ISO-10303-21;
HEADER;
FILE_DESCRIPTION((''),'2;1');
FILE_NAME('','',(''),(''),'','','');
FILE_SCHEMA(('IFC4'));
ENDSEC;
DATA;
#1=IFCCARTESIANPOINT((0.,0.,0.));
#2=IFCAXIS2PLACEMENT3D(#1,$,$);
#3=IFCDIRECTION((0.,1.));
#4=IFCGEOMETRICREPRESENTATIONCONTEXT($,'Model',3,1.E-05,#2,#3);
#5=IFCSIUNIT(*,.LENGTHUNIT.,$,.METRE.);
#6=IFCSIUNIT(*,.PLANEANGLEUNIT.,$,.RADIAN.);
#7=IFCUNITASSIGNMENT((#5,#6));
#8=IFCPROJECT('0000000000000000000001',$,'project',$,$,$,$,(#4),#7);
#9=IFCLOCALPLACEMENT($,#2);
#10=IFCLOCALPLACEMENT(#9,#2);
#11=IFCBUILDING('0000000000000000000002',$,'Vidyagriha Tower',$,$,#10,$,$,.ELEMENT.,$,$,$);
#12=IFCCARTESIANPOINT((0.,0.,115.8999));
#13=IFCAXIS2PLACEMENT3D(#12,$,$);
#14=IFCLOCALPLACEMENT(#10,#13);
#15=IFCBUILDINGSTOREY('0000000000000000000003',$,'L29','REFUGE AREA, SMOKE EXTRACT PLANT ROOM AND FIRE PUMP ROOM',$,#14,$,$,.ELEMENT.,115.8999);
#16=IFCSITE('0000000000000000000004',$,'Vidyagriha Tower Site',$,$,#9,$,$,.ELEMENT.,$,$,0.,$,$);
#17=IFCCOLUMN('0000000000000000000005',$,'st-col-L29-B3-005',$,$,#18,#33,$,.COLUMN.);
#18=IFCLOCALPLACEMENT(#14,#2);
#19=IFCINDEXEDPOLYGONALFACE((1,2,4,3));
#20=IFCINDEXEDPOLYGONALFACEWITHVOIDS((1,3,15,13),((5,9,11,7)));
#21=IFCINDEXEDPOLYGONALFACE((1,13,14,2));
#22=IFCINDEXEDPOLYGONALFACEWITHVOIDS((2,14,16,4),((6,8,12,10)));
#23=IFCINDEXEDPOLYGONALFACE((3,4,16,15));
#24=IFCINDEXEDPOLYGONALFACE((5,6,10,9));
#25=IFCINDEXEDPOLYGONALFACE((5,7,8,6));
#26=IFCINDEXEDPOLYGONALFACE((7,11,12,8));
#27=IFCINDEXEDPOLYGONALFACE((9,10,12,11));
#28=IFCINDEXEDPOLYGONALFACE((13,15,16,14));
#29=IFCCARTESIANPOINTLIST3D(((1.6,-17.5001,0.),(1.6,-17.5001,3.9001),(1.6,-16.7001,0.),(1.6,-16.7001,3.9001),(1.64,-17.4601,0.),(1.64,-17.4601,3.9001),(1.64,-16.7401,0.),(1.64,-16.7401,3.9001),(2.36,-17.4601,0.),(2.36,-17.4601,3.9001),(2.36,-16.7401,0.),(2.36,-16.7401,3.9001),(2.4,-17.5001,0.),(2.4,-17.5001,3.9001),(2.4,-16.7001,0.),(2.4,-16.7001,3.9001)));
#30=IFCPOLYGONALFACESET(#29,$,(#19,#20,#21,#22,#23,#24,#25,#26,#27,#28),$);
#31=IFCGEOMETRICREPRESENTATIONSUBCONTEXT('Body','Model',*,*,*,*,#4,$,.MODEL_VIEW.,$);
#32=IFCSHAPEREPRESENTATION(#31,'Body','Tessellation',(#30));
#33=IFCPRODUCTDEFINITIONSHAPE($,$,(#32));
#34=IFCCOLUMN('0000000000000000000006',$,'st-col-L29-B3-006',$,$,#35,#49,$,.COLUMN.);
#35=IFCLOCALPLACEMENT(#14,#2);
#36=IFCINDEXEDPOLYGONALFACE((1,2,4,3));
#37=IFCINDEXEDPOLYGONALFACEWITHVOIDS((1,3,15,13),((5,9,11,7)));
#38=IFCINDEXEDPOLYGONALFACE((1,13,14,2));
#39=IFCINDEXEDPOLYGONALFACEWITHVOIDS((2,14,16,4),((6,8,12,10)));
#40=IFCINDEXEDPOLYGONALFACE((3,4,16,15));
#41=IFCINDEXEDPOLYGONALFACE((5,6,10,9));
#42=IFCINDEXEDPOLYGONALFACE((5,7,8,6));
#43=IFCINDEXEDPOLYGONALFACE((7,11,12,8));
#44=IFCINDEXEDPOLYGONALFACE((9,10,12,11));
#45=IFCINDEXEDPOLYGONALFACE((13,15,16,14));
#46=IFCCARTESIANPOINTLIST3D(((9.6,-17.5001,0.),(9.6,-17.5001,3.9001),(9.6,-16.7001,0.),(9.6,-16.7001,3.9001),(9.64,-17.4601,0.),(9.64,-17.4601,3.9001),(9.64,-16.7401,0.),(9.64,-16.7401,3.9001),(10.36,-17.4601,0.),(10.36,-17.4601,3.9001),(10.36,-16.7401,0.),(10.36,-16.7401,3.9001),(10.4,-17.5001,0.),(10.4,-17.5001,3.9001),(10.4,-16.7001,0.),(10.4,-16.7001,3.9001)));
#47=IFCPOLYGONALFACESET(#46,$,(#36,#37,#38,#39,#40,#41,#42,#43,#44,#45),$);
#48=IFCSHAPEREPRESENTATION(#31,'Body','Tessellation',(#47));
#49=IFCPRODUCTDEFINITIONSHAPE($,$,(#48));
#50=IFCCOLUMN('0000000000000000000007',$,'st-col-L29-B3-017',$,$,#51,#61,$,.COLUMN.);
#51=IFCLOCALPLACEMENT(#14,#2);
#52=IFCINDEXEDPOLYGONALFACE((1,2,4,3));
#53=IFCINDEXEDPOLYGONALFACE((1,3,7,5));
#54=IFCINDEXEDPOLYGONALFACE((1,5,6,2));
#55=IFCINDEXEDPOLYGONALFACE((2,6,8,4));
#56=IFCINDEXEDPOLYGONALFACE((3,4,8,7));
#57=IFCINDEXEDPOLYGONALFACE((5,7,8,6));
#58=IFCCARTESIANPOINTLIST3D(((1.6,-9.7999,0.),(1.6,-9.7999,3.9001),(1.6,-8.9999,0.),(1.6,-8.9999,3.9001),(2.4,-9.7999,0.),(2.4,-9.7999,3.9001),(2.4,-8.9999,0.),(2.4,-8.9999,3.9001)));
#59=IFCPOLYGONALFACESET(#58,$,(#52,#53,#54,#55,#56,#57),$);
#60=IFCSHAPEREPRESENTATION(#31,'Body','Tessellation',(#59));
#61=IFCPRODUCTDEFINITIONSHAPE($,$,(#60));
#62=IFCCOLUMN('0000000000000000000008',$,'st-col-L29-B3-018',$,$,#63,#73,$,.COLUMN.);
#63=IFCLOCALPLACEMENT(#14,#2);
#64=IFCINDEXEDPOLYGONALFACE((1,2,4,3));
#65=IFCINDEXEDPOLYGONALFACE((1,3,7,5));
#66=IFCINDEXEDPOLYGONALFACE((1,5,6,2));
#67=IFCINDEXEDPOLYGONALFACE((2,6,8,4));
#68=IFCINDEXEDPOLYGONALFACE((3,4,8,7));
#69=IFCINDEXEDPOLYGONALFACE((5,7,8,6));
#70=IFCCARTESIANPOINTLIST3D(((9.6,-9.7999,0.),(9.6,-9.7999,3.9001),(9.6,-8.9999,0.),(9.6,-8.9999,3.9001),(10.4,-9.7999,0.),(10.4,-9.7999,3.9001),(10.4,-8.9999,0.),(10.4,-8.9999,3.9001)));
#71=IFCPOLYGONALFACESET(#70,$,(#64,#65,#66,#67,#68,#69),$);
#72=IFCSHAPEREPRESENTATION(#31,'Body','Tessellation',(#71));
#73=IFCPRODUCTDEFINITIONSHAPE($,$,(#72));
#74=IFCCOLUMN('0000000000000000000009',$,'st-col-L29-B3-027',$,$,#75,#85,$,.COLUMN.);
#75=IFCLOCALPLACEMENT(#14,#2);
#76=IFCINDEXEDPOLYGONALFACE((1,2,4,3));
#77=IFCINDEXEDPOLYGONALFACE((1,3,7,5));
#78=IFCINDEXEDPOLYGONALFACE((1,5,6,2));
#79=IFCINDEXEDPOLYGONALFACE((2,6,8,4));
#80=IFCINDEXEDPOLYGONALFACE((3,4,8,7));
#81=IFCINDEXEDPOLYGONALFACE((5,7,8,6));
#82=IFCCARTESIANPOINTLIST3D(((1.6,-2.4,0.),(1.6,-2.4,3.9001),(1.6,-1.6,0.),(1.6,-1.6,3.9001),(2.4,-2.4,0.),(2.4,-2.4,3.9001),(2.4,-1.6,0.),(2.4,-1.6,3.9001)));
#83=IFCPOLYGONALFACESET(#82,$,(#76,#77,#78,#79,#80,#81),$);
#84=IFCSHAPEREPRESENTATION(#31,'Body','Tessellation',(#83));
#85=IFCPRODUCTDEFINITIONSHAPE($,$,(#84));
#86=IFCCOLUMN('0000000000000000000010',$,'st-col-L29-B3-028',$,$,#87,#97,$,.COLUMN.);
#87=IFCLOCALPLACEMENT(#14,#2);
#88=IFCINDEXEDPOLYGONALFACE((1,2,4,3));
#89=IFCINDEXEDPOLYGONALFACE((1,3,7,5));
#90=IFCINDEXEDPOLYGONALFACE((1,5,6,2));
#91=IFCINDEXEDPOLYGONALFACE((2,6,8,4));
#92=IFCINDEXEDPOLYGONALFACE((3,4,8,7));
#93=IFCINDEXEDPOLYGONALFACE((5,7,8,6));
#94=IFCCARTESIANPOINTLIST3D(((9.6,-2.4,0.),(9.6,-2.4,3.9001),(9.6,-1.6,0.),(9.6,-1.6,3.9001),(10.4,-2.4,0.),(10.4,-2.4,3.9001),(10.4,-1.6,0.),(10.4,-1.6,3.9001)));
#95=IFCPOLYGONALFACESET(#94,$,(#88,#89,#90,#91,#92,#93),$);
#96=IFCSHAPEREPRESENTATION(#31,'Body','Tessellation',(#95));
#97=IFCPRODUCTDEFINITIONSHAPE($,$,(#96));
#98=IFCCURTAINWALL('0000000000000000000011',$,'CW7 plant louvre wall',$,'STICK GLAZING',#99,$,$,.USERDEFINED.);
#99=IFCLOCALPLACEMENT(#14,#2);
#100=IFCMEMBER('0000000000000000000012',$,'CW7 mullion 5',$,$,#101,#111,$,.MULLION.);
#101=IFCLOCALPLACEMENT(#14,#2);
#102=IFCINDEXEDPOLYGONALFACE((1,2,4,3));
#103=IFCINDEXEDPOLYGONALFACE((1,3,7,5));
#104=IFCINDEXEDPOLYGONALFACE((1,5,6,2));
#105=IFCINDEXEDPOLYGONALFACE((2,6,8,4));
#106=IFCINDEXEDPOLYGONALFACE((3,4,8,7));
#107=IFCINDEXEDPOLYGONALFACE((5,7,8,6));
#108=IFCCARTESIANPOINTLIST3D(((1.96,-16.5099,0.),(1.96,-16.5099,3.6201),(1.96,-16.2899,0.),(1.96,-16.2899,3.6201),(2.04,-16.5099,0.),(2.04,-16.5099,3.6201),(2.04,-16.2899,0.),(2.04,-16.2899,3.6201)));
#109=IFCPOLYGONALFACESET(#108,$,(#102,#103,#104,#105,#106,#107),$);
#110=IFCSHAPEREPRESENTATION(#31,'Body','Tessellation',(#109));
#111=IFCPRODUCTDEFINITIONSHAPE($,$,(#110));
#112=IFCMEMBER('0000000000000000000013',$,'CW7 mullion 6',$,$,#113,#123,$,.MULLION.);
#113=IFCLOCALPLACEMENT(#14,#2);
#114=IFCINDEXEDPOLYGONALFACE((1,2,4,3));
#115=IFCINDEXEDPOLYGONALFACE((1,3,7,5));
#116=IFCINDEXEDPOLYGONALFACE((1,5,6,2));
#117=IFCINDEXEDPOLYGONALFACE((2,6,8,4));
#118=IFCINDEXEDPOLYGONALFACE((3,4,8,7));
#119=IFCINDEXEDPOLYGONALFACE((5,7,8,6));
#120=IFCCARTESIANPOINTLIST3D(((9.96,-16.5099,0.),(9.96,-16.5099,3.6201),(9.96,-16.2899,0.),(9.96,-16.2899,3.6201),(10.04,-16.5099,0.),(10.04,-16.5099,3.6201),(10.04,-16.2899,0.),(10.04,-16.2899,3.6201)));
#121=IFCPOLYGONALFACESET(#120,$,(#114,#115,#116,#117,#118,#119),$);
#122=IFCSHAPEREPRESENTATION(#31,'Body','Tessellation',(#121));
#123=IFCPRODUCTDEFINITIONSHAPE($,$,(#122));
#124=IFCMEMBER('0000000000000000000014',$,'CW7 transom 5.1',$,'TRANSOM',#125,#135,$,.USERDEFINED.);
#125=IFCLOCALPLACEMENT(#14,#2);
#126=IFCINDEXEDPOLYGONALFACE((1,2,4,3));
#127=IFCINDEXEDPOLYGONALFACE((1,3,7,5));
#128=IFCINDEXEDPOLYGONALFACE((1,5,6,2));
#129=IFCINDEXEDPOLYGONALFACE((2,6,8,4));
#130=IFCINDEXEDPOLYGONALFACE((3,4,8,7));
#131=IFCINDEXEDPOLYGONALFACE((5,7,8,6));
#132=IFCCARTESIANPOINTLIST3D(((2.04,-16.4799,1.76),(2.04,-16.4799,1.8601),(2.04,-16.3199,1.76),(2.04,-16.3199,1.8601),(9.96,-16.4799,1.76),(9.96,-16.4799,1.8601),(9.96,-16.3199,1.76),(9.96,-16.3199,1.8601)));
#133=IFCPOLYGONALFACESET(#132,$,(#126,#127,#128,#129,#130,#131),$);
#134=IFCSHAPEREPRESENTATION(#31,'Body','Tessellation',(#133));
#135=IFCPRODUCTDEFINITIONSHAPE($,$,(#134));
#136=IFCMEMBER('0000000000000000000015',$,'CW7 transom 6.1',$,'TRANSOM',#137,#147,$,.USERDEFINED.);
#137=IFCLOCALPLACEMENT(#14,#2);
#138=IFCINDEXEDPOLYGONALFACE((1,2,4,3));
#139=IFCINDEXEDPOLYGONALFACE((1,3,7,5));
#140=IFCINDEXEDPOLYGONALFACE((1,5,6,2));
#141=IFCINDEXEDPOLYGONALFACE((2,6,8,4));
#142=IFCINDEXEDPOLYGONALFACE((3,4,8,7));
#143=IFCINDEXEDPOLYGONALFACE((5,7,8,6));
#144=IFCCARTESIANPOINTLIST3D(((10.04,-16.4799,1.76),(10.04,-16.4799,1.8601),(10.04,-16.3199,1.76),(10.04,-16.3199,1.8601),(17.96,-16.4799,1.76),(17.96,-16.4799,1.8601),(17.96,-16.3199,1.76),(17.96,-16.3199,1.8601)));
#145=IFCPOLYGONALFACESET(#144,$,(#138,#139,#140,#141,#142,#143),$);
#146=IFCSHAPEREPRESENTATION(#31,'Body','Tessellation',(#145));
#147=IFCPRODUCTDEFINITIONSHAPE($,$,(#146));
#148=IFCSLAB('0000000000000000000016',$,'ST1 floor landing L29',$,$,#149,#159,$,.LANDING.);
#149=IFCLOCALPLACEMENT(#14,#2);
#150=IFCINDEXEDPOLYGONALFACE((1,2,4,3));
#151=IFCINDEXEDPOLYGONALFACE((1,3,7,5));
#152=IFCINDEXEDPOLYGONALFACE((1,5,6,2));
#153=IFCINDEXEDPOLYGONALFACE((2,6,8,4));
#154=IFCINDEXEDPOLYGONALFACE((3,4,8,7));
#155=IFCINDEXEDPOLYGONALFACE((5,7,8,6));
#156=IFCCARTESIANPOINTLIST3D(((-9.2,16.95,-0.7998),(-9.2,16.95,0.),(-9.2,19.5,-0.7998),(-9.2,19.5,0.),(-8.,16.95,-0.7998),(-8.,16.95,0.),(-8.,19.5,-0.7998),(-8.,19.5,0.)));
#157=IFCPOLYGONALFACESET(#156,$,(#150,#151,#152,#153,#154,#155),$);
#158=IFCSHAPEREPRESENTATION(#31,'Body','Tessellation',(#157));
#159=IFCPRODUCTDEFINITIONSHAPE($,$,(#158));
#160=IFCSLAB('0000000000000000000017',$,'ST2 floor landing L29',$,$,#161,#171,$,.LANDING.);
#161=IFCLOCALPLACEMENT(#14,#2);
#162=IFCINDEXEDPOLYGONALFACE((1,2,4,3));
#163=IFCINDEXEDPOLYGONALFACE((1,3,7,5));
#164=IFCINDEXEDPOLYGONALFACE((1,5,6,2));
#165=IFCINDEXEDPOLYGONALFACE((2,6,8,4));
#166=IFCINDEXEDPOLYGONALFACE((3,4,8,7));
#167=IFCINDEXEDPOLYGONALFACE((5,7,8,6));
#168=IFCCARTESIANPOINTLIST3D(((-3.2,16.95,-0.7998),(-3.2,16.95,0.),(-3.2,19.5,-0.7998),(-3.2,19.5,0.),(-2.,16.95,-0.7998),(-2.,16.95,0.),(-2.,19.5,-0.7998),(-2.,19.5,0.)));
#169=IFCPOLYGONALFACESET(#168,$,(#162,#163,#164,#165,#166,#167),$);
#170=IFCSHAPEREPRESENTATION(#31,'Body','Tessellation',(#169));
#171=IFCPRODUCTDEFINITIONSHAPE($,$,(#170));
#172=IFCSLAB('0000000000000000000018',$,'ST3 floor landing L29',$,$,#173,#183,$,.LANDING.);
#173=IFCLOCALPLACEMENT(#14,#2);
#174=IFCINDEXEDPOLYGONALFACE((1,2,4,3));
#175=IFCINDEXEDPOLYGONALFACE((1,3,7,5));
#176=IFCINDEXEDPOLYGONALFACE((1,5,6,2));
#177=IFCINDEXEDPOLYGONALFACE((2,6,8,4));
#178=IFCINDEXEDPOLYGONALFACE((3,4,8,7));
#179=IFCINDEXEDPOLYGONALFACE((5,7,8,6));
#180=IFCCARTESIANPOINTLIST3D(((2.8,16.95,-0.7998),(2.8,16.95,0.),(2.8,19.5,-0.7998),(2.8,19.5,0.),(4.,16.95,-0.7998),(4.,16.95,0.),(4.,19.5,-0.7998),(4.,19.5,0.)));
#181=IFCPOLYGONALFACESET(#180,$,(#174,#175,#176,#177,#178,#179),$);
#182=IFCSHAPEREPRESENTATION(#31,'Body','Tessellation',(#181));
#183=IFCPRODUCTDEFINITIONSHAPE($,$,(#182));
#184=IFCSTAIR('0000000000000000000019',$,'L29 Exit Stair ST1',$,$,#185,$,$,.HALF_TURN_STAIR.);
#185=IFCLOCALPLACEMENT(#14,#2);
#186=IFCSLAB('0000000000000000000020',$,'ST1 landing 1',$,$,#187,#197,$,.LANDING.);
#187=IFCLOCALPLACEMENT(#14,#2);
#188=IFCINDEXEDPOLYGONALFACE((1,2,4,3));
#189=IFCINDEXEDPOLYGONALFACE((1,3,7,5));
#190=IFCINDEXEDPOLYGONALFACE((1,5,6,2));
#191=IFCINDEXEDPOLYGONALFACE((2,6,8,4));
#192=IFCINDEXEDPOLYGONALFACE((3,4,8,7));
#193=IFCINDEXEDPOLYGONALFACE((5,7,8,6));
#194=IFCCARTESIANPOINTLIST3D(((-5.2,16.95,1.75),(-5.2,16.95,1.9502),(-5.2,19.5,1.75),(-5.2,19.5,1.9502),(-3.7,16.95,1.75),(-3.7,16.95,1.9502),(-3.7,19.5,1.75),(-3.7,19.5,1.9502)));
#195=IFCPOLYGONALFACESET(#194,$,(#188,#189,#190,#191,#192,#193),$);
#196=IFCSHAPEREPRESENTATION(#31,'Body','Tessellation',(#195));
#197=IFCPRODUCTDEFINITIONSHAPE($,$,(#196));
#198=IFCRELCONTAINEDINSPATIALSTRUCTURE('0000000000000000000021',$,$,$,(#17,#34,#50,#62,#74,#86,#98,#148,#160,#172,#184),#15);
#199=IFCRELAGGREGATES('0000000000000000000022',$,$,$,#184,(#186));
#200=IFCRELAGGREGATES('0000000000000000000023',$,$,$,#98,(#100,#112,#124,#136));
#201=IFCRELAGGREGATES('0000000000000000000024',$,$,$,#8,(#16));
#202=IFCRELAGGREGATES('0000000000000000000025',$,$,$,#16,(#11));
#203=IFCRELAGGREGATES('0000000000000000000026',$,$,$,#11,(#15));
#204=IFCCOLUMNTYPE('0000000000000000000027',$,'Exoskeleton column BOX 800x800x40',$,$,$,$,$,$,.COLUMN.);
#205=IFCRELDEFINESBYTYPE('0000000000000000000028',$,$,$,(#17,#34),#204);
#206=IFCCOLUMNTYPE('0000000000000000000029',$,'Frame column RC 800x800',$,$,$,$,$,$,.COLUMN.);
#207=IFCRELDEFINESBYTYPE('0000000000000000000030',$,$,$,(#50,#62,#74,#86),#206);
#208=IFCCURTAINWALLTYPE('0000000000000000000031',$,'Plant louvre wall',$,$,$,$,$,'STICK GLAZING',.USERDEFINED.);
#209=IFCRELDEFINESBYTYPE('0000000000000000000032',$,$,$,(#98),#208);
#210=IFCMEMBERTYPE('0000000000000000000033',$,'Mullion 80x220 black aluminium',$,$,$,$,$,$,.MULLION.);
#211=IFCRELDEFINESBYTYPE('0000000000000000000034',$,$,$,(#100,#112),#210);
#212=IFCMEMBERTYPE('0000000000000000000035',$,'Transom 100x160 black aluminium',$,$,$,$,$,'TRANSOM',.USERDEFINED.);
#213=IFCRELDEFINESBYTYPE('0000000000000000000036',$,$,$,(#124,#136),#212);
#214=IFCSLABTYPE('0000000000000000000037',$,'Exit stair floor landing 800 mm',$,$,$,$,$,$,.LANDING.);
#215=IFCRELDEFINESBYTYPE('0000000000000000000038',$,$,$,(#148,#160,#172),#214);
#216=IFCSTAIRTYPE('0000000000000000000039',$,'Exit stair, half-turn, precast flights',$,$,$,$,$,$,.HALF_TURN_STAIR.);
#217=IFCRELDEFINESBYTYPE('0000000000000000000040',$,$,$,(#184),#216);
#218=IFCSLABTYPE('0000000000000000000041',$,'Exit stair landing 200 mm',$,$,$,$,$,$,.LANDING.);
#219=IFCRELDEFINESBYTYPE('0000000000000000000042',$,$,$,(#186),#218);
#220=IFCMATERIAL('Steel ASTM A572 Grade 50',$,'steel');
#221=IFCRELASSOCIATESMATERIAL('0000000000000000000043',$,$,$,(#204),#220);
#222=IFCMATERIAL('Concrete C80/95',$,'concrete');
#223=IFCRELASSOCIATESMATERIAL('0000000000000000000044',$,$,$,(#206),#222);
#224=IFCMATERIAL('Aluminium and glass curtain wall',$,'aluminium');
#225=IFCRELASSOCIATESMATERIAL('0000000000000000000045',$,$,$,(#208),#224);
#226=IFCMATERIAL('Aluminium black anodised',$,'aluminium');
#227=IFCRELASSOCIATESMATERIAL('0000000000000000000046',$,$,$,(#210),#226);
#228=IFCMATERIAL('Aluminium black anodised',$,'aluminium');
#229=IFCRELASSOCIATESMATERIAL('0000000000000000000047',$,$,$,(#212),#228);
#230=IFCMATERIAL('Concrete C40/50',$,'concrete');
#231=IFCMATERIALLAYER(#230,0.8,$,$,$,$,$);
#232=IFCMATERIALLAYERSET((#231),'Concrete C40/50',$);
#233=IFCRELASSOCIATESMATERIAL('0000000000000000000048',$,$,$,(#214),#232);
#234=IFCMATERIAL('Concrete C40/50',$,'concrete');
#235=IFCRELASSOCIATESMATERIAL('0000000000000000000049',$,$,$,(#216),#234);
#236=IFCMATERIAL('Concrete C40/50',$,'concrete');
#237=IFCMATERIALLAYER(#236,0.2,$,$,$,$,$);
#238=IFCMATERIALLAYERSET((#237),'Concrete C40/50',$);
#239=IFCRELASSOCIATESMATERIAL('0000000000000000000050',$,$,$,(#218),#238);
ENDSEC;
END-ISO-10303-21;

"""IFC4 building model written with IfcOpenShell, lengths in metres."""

from ifc_helpers import new_model, si_unit, direction, frame, origin, origin_2d, place, context, subcontext, project, spatial, polyline, rectangle, hollow_rectangle, outline, extrude, material, layer, layer_set, material_profile, profile_set, type_object, element, aggregate, save


model = new_model("IFC4")

# Units and contexts
model_context = context("Model", 3, precision=1e-05, world=origin(), true_north=direction((0.0, 1.0)))
body_context = subcontext(model_context, "Body", "Model", "MODEL_VIEW")
ifc_project = project(units=[si_unit("LENGTHUNIT", "METRE"), si_unit("PLANEANGLEUNIT", "RADIAN")], contexts=[model_context])

# Site, building, storey
site_placement = place(None, origin())
site = spatial("IfcSite", under=ifc_project, at=site_placement, Name="Vidyagriha Tower Site", CompositionType="ELEMENT", RefElevation=0.0)
building_placement = place(site_placement, origin())
building = spatial("IfcBuilding", under=site, at=building_placement, Name="Vidyagriha Tower", CompositionType="ELEMENT")
storey_placement = place(building_placement, frame((0.0, 0.0, 115.8999)))
storey = spatial("IfcBuildingStorey", under=building, at=storey_placement, Name="L29", Description="REFUGE AREA, SMOKE EXTRACT PLANT ROOM AND FIRE PUMP ROOM", CompositionType="ELEMENT", Elevation=115.8999)

# Columns
ifc_material_1 = material(Name="Steel ASTM A572 Grade 50", Category="steel")
ifc_material_profile_1 = material_profile(ifc_material_1, hollow_rectangle(XDim=0.8, YDim=0.8, WallThickness=0.04, at=origin_2d()), Name="BOX 800x800x40")
ifc_profile_set_1 = profile_set([ifc_material_profile_1], Name="Steel ASTM A572 Grade 50")
column_type_1 = type_object("IfcColumnType", Name="Exoskeleton column BOX 800x800x40", PredefinedType="COLUMN", material=ifc_profile_set_1)
for number, where, name in (
    (1, (2.0, -17.1001, 0.0), "st-col-L29-B3-005"),
    (2, (10.0, -17.1001, 0.0), "st-col-L29-B3-006"),
):
    element("IfcColumn", number, at=place(storey_placement, frame(where)), inside=storey, type_object=column_type_1, Name=name, PredefinedType="COLUMN", context=body_context, shape_type="SweptSolid", body=[
        extrude(hollow_rectangle(XDim=0.8, YDim=0.8, WallThickness=0.04, at=origin_2d()), origin(), (0.0, 0.0, 1.0), 3.9001),
    ])
ifc_material_2 = material(Name="Concrete C80/95", Category="concrete")
ifc_material_profile_2 = material_profile(ifc_material_2, rectangle(XDim=0.8, YDim=0.8, at=origin_2d()), Name="RC 800x800")
ifc_profile_set_2 = profile_set([ifc_material_profile_2], Name="Concrete C80/95")
column_type_2 = type_object("IfcColumnType", Name="Frame column RC 800x800", PredefinedType="COLUMN", material=ifc_profile_set_2)
for number, where, name in (
    (3, (2.0, -9.3999, 0.0), "st-col-L29-B3-017"),
    (4, (10.0, -9.3999, 0.0), "st-col-L29-B3-018"),
    (5, (2.0, -2.0, 0.0), "st-col-L29-B3-027"),
    (6, (10.0, -2.0, 0.0), "st-col-L29-B3-028"),
):
    element("IfcColumn", number, at=place(storey_placement, frame(where)), inside=storey, type_object=column_type_2, Name=name, PredefinedType="COLUMN", context=body_context, shape_type="SweptSolid", body=[
        extrude(rectangle(XDim=0.8, YDim=0.8, at=origin_2d()), origin(), (0.0, 0.0, 1.0), 3.9001),
    ])

# Curtain wall, members
ifc_material_3 = material(Name="Aluminium and glass curtain wall", Category="aluminium")
curtain_wall_type = type_object("IfcCurtainWallType", Name="Plant louvre wall", ElementType="STICK GLAZING", PredefinedType="USERDEFINED", material=ifc_material_3)
curtain_wall_placement = place(storey_placement, origin())
curtain_wall = element("IfcCurtainWall", 7, at=curtain_wall_placement, inside=storey, type_object=curtain_wall_type, Name="CW7 plant louvre wall", ObjectType="STICK GLAZING", PredefinedType="USERDEFINED")
ifc_material_4 = material(Name="Aluminium black anodised", Category="aluminium")
ifc_material_profile_3 = material_profile(ifc_material_4, rectangle(XDim=0.22, YDim=0.0801, at=origin_2d()), Name="Mullion 80x220 black aluminium")
ifc_profile_set_3 = profile_set([ifc_material_profile_3], Name="Aluminium black anodised")
member_type_1 = type_object("IfcMemberType", Name="Mullion 80x220 black aluminium", PredefinedType="MULLION", material=ifc_profile_set_3)
member_1_placement = place(storey_placement, frame((2.0, -16.3999, 0.0), z_axis=(0.0, 0.0, 1.0), x_axis=(0.0, 1.0, 0.0)))
member_1 = element("IfcMember", 8, at=member_1_placement, type_object=member_type_1, Name="CW7 mullion 5", PredefinedType="MULLION", context=body_context, shape_type="SweptSolid", body=[
    extrude(rectangle(XDim=0.22, YDim=0.0801, at=origin_2d()), origin(), (0.0, 0.0, 1.0), 3.6201),
])
member_2_placement = place(storey_placement, frame((10.0, -16.3999, 0.0), z_axis=(0.0, 0.0, 1.0), x_axis=(0.0, 1.0, 0.0)))
member_2 = element("IfcMember", 9, at=member_2_placement, type_object=member_type_1, Name="CW7 mullion 6", PredefinedType="MULLION", context=body_context, shape_type="SweptSolid", body=[
    extrude(rectangle(XDim=0.22, YDim=0.0801, at=origin_2d()), origin(), (0.0, 0.0, 1.0), 3.6201),
])
ifc_material_5 = material(Name="Aluminium black anodised", Category="aluminium")
ifc_material_profile_4 = material_profile(ifc_material_5, rectangle(XDim=0.1599, YDim=0.1001, at=origin_2d()), Name="Transom 100x160 black aluminium")
ifc_profile_set_4 = profile_set([ifc_material_profile_4], Name="Aluminium black anodised")
member_type_2 = type_object("IfcMemberType", Name="Transom 100x160 black aluminium", ElementType="TRANSOM", PredefinedType="USERDEFINED", material=ifc_profile_set_4)
member_3_placement = place(storey_placement, frame((2.04, -16.3999, 1.8101), z_axis=(1.0, 0.0, 0.0), x_axis=(0.0, 1.0, 0.0)))
member_3 = element("IfcMember", 10, at=member_3_placement, type_object=member_type_2, Name="CW7 transom 5.1", ObjectType="TRANSOM", PredefinedType="USERDEFINED", context=body_context, shape_type="SweptSolid", body=[
    extrude(rectangle(XDim=0.1599, YDim=0.1001, at=origin_2d()), origin(), (0.0, 0.0, 1.0), 7.9199),
])
member_4_placement = place(storey_placement, frame((10.04, -16.3999, 1.8101), z_axis=(1.0, 0.0, 0.0), x_axis=(0.0, 1.0, 0.0)))
member_4 = element("IfcMember", 11, at=member_4_placement, type_object=member_type_2, Name="CW7 transom 6.1", ObjectType="TRANSOM", PredefinedType="USERDEFINED", context=body_context, shape_type="SweptSolid", body=[
    extrude(rectangle(XDim=0.1599, YDim=0.1001, at=origin_2d()), origin(), (0.0, 0.0, 1.0), 7.9199),
])

# Slabs
ifc_material_6 = material(Name="Concrete C40/50", Category="concrete")
ifc_layer_1 = layer(ifc_material_6, 0.8)
ifc_layer_set_1 = layer_set([ifc_layer_1], Name="Concrete C40/50")
slab_type_1 = type_object("IfcSlabType", Name="Exit stair floor landing 800 mm", PredefinedType="LANDING", material=ifc_layer_set_1)
slab_1_placement = place(storey_placement, frame((0.0, 0.0, -0.7998)))
element("IfcSlab", 12, at=slab_1_placement, inside=storey, type_object=slab_type_1, Name="ST1 floor landing L29", PredefinedType="LANDING", context=body_context, shape_type="SweptSolid", body=[
    extrude(outline(polyline([(-9.2, 16.95), (-8.0, 16.95), (-8.0, 19.5), (-9.2, 19.5), (-9.2, 16.95)])), origin(), (0.0, 0.0, 1.0), 0.7998),
])
slab_2_placement = place(storey_placement, frame((0.0, 0.0, -0.7998)))
element("IfcSlab", 13, at=slab_2_placement, inside=storey, type_object=slab_type_1, Name="ST2 floor landing L29", PredefinedType="LANDING", context=body_context, shape_type="SweptSolid", body=[
    extrude(outline(polyline([(-3.2, 16.95), (-2.0, 16.95), (-2.0, 19.5), (-3.2, 19.5), (-3.2, 16.95)])), origin(), (0.0, 0.0, 1.0), 0.7998),
])
slab_3_placement = place(storey_placement, frame((0.0, 0.0, -0.7998)))
element("IfcSlab", 14, at=slab_3_placement, inside=storey, type_object=slab_type_1, Name="ST3 floor landing L29", PredefinedType="LANDING", context=body_context, shape_type="SweptSolid", body=[
    extrude(outline(polyline([(2.8, 16.95), (4.0, 16.95), (4.0, 19.5), (2.8, 19.5), (2.8, 16.95)])), origin(), (0.0, 0.0, 1.0), 0.7998),
])

# Stair, slab
ifc_material_7 = material(Name="Concrete C40/50", Category="concrete")
stair_type = type_object("IfcStairType", Name="Exit stair, half-turn, precast flights", PredefinedType="HALF_TURN_STAIR", material=ifc_material_7)
stair_1_placement = place(storey_placement, origin())
stair_1 = element("IfcStair", 15, at=stair_1_placement, inside=storey, type_object=stair_type, Name="L29 Exit Stair ST1", PredefinedType="HALF_TURN_STAIR")
ifc_material_8 = material(Name="Concrete C40/50", Category="concrete")
ifc_layer_2 = layer(ifc_material_8, 0.2)
ifc_layer_set_2 = layer_set([ifc_layer_2], Name="Concrete C40/50")
slab_type_2 = type_object("IfcSlabType", Name="Exit stair landing 200 mm", PredefinedType="LANDING", material=ifc_layer_set_2)
slab_4_placement = place(storey_placement, frame((0.0, 0.0, 1.75)))
slab_4 = element("IfcSlab", 16, at=slab_4_placement, type_object=slab_type_2, Name="ST1 landing 1", PredefinedType="LANDING", context=body_context, shape_type="SweptSolid", body=[
    extrude(outline(polyline([(-5.2, 16.95), (-3.7, 16.95), (-3.7, 19.5), (-5.2, 19.5), (-5.2, 16.95)])), origin(), (0.0, 0.0, 1.0), 0.2002),
])
aggregate(stair_1, [slab_4])

aggregate(curtain_wall, [member_1, member_2, member_3, member_4])

save(model, "model.ifc")
